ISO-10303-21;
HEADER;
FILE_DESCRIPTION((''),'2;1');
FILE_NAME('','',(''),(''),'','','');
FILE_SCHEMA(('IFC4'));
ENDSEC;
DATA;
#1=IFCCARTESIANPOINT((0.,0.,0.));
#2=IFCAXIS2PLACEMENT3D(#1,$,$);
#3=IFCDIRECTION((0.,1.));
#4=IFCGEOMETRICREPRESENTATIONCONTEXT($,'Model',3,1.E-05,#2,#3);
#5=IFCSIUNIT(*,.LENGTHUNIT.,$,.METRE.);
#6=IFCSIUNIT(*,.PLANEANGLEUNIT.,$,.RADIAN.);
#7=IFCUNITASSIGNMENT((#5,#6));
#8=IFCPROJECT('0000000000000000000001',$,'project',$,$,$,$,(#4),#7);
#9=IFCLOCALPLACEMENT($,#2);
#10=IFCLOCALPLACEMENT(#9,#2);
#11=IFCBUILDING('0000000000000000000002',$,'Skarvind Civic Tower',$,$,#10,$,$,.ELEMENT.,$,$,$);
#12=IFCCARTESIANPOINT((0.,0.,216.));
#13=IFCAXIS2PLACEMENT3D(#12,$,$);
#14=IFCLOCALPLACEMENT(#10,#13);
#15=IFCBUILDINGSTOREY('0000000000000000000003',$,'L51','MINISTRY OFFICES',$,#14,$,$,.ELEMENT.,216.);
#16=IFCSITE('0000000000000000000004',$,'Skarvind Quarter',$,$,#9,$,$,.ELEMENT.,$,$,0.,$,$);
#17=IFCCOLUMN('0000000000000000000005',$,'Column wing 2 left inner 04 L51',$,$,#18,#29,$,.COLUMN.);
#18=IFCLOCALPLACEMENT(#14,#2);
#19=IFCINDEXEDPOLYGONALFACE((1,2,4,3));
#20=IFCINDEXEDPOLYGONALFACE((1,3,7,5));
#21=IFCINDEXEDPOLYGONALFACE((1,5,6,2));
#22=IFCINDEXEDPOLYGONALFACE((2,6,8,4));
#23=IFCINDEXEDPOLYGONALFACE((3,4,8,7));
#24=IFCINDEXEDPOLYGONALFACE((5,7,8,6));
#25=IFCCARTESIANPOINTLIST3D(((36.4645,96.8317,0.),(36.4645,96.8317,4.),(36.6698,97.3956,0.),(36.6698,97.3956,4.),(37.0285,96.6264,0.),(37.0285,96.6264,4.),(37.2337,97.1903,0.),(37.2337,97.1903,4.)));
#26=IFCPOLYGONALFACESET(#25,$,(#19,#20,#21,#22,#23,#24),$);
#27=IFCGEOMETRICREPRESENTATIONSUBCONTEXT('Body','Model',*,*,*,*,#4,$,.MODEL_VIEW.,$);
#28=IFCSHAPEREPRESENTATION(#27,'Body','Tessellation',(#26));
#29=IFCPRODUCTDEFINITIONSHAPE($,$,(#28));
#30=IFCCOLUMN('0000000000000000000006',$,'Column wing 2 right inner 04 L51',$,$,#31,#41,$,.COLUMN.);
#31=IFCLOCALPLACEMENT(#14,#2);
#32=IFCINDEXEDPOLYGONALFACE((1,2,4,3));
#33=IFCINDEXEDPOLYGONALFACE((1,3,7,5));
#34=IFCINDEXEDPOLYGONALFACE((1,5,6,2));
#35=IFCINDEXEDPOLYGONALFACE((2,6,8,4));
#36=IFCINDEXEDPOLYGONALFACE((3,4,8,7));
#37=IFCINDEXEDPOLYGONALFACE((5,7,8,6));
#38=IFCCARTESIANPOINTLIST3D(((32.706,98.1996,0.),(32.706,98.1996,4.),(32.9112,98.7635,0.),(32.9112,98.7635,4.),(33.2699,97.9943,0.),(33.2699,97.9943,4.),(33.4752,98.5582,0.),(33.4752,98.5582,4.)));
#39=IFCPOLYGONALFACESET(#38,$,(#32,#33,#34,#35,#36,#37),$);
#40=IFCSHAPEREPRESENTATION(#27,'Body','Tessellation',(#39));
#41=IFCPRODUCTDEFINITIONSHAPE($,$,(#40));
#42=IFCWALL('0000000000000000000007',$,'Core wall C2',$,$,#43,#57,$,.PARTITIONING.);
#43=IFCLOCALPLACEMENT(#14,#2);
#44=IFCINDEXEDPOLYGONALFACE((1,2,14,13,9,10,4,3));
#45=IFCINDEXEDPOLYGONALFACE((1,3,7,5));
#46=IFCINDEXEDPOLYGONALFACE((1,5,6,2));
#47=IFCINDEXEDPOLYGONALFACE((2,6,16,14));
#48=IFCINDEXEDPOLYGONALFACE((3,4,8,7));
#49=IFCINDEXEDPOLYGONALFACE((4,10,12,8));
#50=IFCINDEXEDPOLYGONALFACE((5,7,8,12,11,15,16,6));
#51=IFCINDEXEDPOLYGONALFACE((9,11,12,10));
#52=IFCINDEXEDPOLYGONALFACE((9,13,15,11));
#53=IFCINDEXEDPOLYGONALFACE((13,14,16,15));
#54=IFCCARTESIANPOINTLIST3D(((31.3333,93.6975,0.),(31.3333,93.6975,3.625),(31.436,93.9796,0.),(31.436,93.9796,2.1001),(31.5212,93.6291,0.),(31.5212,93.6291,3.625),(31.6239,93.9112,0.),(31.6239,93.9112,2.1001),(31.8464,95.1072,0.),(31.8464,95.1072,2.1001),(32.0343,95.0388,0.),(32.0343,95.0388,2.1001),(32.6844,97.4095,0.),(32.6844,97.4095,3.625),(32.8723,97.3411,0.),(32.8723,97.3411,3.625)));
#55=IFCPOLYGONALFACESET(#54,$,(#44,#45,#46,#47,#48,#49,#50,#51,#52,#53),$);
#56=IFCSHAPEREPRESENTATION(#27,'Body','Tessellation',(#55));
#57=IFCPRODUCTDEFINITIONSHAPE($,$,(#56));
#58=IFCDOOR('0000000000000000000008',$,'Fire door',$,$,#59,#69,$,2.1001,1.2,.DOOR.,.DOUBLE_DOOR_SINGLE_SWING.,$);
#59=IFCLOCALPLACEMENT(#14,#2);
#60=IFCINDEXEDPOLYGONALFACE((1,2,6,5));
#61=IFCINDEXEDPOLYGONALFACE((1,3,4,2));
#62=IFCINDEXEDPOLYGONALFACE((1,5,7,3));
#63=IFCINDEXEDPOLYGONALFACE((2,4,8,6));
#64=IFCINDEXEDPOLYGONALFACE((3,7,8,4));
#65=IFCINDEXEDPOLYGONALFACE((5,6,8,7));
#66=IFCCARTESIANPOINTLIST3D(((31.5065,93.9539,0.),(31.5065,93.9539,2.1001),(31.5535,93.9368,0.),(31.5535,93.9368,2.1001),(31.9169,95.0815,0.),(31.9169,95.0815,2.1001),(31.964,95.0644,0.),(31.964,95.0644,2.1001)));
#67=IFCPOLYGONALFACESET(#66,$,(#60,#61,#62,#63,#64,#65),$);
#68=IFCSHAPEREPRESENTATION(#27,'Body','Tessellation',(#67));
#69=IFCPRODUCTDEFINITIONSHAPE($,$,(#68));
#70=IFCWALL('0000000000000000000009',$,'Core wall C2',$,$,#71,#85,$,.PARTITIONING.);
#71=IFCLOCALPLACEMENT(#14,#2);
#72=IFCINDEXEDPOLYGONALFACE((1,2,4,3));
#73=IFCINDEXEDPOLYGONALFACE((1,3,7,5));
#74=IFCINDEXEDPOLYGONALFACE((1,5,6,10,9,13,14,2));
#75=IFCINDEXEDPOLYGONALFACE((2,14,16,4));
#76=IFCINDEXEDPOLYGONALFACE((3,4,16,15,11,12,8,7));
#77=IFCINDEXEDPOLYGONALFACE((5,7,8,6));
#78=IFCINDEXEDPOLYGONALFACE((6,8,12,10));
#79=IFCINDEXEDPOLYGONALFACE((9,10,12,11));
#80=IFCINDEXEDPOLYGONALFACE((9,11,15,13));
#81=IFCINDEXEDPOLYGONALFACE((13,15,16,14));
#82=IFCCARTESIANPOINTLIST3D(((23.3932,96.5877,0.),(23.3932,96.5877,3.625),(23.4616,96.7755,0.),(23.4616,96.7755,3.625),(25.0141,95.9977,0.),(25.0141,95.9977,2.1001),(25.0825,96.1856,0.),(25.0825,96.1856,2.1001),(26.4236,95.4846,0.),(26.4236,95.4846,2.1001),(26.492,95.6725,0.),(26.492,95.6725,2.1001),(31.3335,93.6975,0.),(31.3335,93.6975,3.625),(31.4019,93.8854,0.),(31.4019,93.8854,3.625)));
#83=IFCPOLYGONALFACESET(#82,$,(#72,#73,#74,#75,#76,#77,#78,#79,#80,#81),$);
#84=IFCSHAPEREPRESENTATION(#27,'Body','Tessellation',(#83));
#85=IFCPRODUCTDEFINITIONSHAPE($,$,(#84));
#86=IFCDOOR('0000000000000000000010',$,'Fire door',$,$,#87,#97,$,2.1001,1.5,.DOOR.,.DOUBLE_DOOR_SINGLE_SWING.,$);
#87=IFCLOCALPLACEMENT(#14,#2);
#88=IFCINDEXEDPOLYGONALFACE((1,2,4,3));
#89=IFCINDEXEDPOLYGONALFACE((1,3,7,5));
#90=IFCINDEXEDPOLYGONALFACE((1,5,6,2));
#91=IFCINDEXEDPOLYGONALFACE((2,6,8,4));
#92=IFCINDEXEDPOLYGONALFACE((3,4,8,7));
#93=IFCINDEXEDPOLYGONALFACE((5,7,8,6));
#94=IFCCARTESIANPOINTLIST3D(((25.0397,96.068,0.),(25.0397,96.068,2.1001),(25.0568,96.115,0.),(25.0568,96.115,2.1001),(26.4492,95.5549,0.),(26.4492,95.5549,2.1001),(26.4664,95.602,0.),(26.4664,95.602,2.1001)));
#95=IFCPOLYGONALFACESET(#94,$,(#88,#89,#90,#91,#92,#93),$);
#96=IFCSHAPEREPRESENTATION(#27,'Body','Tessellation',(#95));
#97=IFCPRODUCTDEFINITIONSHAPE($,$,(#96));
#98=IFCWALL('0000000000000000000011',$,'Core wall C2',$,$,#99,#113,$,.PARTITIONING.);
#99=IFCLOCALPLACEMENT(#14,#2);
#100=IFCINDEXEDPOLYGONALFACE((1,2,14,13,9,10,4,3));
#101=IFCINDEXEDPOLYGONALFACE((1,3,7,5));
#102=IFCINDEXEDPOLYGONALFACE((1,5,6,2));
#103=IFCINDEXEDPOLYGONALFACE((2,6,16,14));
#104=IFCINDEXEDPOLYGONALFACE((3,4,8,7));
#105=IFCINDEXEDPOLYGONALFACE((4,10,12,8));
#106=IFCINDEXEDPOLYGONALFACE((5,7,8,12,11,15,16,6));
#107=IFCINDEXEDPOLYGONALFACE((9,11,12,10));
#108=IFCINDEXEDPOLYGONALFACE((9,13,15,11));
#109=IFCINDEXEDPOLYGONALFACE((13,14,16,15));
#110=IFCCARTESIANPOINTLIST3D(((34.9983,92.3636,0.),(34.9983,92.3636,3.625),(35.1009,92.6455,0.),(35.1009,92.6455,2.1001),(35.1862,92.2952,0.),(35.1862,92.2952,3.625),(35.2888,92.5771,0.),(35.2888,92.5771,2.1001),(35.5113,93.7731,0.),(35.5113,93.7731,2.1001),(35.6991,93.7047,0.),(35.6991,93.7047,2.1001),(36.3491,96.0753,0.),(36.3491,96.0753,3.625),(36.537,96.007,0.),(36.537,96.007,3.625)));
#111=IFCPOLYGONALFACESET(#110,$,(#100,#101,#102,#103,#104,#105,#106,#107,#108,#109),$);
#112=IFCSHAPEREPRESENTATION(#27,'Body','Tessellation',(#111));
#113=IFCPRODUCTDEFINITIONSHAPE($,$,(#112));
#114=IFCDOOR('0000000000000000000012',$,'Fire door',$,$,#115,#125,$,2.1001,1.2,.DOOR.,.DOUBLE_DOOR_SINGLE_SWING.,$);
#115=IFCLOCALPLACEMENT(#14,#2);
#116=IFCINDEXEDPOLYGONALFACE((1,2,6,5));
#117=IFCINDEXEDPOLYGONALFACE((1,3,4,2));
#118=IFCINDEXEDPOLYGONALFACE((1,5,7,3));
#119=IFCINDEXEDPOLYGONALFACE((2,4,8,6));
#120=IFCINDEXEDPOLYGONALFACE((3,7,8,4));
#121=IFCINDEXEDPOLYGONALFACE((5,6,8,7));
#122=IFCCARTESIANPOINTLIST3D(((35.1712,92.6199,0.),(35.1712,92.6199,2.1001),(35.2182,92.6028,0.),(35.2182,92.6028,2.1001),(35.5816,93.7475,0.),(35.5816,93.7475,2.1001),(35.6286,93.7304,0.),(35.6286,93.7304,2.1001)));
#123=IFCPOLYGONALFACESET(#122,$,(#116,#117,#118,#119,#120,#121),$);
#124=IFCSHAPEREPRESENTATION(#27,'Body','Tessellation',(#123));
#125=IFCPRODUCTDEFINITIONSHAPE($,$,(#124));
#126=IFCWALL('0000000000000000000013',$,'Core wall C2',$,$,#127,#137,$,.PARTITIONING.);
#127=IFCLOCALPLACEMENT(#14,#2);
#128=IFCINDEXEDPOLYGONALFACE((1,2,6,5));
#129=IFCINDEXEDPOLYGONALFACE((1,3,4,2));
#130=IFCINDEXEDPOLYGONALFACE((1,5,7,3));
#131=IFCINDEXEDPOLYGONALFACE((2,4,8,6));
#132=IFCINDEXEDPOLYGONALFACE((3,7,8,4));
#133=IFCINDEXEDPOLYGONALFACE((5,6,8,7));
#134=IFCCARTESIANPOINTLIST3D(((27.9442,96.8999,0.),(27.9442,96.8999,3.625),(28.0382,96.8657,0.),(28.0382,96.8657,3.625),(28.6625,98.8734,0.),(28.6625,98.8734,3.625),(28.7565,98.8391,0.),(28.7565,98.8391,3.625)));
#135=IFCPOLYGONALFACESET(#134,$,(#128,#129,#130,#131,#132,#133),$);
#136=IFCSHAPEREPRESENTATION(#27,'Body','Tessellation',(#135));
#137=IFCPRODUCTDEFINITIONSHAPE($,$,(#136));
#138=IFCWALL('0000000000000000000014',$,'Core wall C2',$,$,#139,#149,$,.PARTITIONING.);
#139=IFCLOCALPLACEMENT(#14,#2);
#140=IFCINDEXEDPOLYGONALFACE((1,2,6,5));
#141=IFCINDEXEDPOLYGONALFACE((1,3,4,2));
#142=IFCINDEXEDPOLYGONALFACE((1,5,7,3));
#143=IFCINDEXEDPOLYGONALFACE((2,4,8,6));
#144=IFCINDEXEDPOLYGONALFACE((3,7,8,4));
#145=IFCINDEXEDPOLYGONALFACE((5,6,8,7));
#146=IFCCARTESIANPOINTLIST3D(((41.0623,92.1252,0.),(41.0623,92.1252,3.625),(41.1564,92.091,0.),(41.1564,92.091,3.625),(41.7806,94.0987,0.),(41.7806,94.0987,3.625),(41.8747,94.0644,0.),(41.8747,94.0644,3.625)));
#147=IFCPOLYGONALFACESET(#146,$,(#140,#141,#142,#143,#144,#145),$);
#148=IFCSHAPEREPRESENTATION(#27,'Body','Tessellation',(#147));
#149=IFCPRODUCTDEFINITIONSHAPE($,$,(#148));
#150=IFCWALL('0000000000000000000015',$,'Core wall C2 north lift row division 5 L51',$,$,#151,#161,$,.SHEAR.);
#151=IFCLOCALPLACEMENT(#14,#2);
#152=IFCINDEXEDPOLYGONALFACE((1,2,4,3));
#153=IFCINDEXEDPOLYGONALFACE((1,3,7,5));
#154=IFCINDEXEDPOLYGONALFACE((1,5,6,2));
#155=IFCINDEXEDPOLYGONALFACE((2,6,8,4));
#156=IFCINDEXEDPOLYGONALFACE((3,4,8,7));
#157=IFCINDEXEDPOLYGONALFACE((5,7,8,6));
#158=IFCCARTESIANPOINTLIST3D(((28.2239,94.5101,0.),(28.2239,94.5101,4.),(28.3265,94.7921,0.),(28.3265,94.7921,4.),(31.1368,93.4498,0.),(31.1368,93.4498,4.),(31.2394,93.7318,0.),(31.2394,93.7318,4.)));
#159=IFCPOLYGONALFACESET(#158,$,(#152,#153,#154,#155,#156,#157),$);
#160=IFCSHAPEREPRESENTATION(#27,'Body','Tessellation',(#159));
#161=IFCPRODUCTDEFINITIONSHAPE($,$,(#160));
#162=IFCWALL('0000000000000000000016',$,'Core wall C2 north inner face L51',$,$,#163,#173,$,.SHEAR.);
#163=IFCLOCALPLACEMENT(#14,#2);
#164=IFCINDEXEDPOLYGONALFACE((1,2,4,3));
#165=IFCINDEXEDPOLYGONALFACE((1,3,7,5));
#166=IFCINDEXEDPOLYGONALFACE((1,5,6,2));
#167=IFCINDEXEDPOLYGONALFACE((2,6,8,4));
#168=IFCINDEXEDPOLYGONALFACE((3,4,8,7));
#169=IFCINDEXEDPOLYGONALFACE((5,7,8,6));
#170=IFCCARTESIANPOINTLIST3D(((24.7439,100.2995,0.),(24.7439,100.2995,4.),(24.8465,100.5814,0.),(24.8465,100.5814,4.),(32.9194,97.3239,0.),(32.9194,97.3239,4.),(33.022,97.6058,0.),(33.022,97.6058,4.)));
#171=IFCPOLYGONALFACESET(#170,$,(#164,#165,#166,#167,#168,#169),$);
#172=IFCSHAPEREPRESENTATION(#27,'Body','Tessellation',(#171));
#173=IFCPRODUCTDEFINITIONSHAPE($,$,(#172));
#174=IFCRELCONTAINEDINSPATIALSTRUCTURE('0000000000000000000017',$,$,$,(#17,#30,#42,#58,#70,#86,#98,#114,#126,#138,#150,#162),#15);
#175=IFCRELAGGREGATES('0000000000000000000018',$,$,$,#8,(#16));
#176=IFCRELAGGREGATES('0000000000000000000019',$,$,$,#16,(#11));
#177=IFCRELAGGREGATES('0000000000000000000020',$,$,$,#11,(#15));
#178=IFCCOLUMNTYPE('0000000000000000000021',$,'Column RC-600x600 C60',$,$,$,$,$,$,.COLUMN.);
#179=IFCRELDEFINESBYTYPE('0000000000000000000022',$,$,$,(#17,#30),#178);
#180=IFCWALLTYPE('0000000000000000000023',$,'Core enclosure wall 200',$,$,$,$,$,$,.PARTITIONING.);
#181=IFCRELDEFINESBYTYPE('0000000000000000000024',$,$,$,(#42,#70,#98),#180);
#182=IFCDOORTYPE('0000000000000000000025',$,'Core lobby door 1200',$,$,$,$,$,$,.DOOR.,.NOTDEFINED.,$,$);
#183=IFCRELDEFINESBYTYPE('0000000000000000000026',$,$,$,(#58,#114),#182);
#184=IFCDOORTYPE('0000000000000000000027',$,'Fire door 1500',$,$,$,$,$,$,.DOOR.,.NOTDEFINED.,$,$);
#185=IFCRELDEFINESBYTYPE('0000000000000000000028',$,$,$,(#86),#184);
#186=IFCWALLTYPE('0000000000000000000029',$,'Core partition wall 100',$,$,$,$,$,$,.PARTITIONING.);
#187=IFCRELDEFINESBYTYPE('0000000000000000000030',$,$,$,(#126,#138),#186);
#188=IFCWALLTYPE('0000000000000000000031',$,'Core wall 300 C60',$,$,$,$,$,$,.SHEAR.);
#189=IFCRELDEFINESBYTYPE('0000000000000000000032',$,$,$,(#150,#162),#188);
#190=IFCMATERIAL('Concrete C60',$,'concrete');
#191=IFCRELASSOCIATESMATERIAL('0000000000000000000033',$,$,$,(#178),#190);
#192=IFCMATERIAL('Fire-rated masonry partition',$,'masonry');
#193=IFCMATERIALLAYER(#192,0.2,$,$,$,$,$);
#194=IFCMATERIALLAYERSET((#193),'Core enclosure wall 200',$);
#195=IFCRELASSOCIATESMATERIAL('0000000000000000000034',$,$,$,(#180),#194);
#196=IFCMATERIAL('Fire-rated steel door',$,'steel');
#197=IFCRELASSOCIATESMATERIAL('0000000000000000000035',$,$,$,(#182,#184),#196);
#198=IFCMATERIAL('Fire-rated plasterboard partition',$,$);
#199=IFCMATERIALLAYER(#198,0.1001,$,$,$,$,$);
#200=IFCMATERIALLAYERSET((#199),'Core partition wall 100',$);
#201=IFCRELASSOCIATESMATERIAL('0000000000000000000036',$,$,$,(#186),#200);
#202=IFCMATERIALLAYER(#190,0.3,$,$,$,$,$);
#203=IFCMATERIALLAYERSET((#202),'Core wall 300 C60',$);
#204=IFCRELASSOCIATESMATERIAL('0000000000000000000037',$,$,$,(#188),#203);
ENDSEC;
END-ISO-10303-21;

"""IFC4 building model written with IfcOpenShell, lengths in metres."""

from ifc_helpers import new_model, si_unit, direction, frame, frame_2d, origin, origin_2d, place, context, subcontext, project, spatial, rectangle, extrude, material, layer, layer_set, material_profile, profile_set, type_object, element, fill, save


model = new_model("IFC4")

# Units and contexts
model_context = context("Model", 3, precision=1e-05, world=origin(), true_north=direction((0.0, 1.0)))
body_context = subcontext(model_context, "Body", "Model", "MODEL_VIEW")
ifc_project = project(units=[si_unit("LENGTHUNIT", "METRE"), si_unit("PLANEANGLEUNIT", "RADIAN")], contexts=[model_context])

# Site, building, storey
site_placement = place(None, origin())
site = spatial("IfcSite", under=ifc_project, at=site_placement, Name="Skarvind Quarter", CompositionType="ELEMENT", RefElevation=0.0)
building_placement = place(site_placement, origin())
building = spatial("IfcBuilding", under=site, at=building_placement, Name="Skarvind Civic Tower", CompositionType="ELEMENT")
storey_placement = place(building_placement, frame((0.0, 0.0, 216.0)))
storey = spatial("IfcBuildingStorey", under=building, at=storey_placement, Name="L51", Description="MINISTRY OFFICES", CompositionType="ELEMENT", Elevation=216.0)

# Columns
ifc_material_1 = material(Name="Concrete C60", Category="concrete")
ifc_material_profile = material_profile(ifc_material_1, rectangle(XDim=0.6001, YDim=0.6001, at=origin_2d()), Name="RC-600x600")
ifc_profile_set = profile_set([ifc_material_profile], Name="Concrete C60")
column_type = type_object("IfcColumnType", Name="Column RC-600x600 C60", PredefinedType="COLUMN", material=ifc_profile_set)
for number, where, z_axis, x_axis, name in (
    (1, (36.8491, 97.011, 0.0), (0.0, 0.0, 1.0), (-0.34202, -0.939693, 0.0), "Column wing 2 left inner 04 L51"),
    (2, (33.0906, 98.3789, 0.0), (0.0, 0.0, 1.0), (-0.34202, -0.939693, 0.0), "Column wing 2 right inner 04 L51"),
):
    element("IfcColumn", number, at=place(storey_placement, frame(where, z_axis=z_axis, x_axis=x_axis)), inside=storey, type_object=column_type, Name=name, PredefinedType="COLUMN", context=body_context, shape_type="SweptSolid", body=[
        extrude(rectangle(XDim=0.6001, YDim=0.6001, at=origin_2d()), origin(), (0.0, 0.0, 1.0), 4.0),
    ])

# Walls, openings, doors
ifc_material_2 = material(Name="Fire-rated masonry partition", Category="masonry")
ifc_layer_1 = layer(ifc_material_2, 0.2)
ifc_layer_set_1 = layer_set([ifc_layer_1], Name="Core enclosure wall 200")
wall_type_1 = type_object("IfcWallType", Name="Core enclosure wall 200", PredefinedType="PARTITIONING", material=ifc_layer_set_1)
wall_1_placement = place(storey_placement, frame((31.4272, 93.6633, 0.0), z_axis=(0.0, 0.0, 1.0), x_axis=(0.342031, 0.939689, 0.0)))
wall_1 = element("IfcWall", 3, at=wall_1_placement, inside=storey, type_object=wall_type_1, Name="Core wall C2", PredefinedType="PARTITIONING", context=body_context, shape_type="SweptSolid", body=[
    extrude(rectangle(XDim=3.9502, YDim=0.2, at=frame_2d((1.9751, 0.0))), origin(), (0.0, 0.0, 1.0), 3.625),
])
opening_1_placement = place(wall_1_placement, frame((0.3, 0.0, 0.0)))
opening_1 = element("IfcOpeningElement", 4, at=opening_1_placement, cuts=wall_1, PredefinedType="OPENING", context=body_context, shape_type="SweptSolid", body=[
    extrude(rectangle(XDim=1.2, YDim=2.1001, at=frame_2d((0.6001, 1.05))), frame((0.0, 0.1099, 0.0), z_axis=(0.0, -1.0, 0.0), x_axis=(1.0, 0.0, 0.0)), (0.0, 0.0, 1.0), 0.22),
])
ifc_material_3 = material(Name="Fire-rated steel door", Category="steel")
door_type_1 = type_object("IfcDoorType", Name="Core lobby door 1200", OperationType="NOTDEFINED", PredefinedType="DOOR", material=ifc_material_3)
door_1_placement = place(opening_1_placement, origin())
door_1 = element("IfcDoor", 5, at=door_1_placement, inside=storey, type_object=door_type_1, Name="Fire door", OperationType="DOUBLE_DOOR_SINGLE_SWING", OverallHeight=2.1001, OverallWidth=1.2, PredefinedType="DOOR", context=body_context, shape_type="SweptSolid", body=[
    extrude(rectangle(XDim=1.2, YDim=2.1001, at=frame_2d((0.6001, 1.05))), frame((0.0, 0.0249, 0.0), z_axis=(0.0, -1.0, 0.0), x_axis=(1.0, 0.0, 0.0)), (0.0, 0.0, 1.0), 0.05),
])
fill(opening_1, door_1)
wall_2_placement = place(storey_placement, frame((23.4272, 96.6816, 0.0), z_axis=(0.0, 0.0, 1.0), x_axis=(0.93969, -0.342026, 0.0)))
wall_2 = element("IfcWall", 6, at=wall_2_placement, inside=storey, type_object=wall_type_1, Name="Core wall C2", PredefinedType="PARTITIONING", context=body_context, shape_type="SweptSolid", body=[
    extrude(rectangle(XDim=8.45, YDim=0.2, at=frame_2d((4.2251, 0.0))), origin(), (0.0, 0.0, 1.0), 3.625),
])
opening_2_placement = place(wall_2_placement, frame((1.7251, 0.0, 0.0)))
opening_2 = element("IfcOpeningElement", 7, at=opening_2_placement, cuts=wall_2, PredefinedType="OPENING", context=body_context, shape_type="SweptSolid", body=[
    extrude(rectangle(XDim=1.5, YDim=2.1001, at=frame_2d((0.75, 1.05))), frame((0.0, 0.1099, 0.0), z_axis=(0.0, -1.0, 0.0), x_axis=(1.0, 0.0, 0.0)), (0.0, 0.0, 1.0), 0.22),
])
door_type_2 = type_object("IfcDoorType", Name="Fire door 1500", OperationType="NOTDEFINED", PredefinedType="DOOR", material=ifc_material_3)
door_2_placement = place(opening_2_placement, origin())
door_2 = element("IfcDoor", 8, at=door_2_placement, inside=storey, type_object=door_type_2, Name="Fire door", OperationType="DOUBLE_DOOR_SINGLE_SWING", OverallHeight=2.1001, OverallWidth=1.5, PredefinedType="DOOR", context=body_context, shape_type="SweptSolid", body=[
    extrude(rectangle(XDim=1.5, YDim=2.1001, at=frame_2d((0.75, 1.05))), frame((0.0, 0.0249, 0.0), z_axis=(0.0, -1.0, 0.0), x_axis=(1.0, 0.0, 0.0)), (0.0, 0.0, 1.0), 0.05),
])
fill(opening_2, door_2)
wall_3_placement = place(storey_placement, frame((36.4431, 96.0413, 0.0), z_axis=(0.0, 0.0, 1.0), x_axis=(-0.341996, -0.939701, 0.0)))
wall_3 = element("IfcWall", 9, at=wall_3_placement, inside=storey, type_object=wall_type_1, Name="Core wall C2", PredefinedType="PARTITIONING", context=body_context, shape_type="SweptSolid", body=[
    extrude(rectangle(XDim=3.95, YDim=0.2, at=frame_2d((1.9751, 0.0))), origin(), (0.0, 0.0, 1.0), 3.625),
])
opening_3_placement = place(wall_3_placement, frame((2.45, 0.0, 0.0)))
opening_3 = element("IfcOpeningElement", 10, at=opening_3_placement, cuts=wall_3, PredefinedType="OPENING", context=body_context, shape_type="SweptSolid", body=[
    extrude(rectangle(XDim=1.2, YDim=2.1001, at=frame_2d((0.6001, 1.05))), frame((0.0, 0.1099, 0.0), z_axis=(0.0, -1.0, 0.0), x_axis=(1.0, 0.0, 0.0)), (0.0, 0.0, 1.0), 0.22),
])
door_3_placement = place(opening_3_placement, origin())
door_3 = element("IfcDoor", 11, at=door_3_placement, inside=storey, type_object=door_type_1, Name="Fire door", OperationType="DOUBLE_DOOR_SINGLE_SWING", OverallHeight=2.1001, OverallWidth=1.2, PredefinedType="DOOR", context=body_context, shape_type="SweptSolid", body=[
    extrude(rectangle(XDim=1.2, YDim=2.1001, at=frame_2d((0.6001, 1.05))), frame((0.0, 0.0249, 0.0), z_axis=(0.0, -1.0, 0.0), x_axis=(1.0, 0.0, 0.0)), (0.0, 0.0, 1.0), 0.05),
])
fill(opening_3, door_3)

# Walls
ifc_material_4 = material(Name="Fire-rated plasterboard partition")
ifc_layer_2 = layer(ifc_material_4, 0.1001)
ifc_layer_set_2 = layer_set([ifc_layer_2], Name="Core partition wall 100")
wall_type_2 = type_object("IfcWallType", Name="Core partition wall 100", PredefinedType="PARTITIONING", material=ifc_layer_set_2)
for number, where, z_axis, x_axis, name in (
    (12, (27.9912, 96.8828, 0.0), (0.0, 0.0, 1.0), (0.342023, 0.939692, 0.0), "Core wall C2"),
    (13, (41.8276, 94.0815, 0.0), (0.0, 0.0, 1.0), (-0.342023, -0.939692, 0.0), "Core wall C2"),
):
    element("IfcWall", number, at=place(storey_placement, frame(where, z_axis=z_axis, x_axis=x_axis)), inside=storey, type_object=wall_type_2, Name=name, PredefinedType="PARTITIONING", context=body_context, shape_type="SweptSolid", body=[
        extrude(rectangle(XDim=2.1001, YDim=0.1001, at=frame_2d((1.05, 0.0))), origin(), (0.0, 0.0, 1.0), 3.625),
    ])
ifc_layer_3 = layer(ifc_material_1, 0.3)
ifc_layer_set_3 = layer_set([ifc_layer_3], Name="Core wall 300 C60")
wall_type_3 = type_object("IfcWallType", Name="Core wall 300 C60", PredefinedType="SHEAR", material=ifc_layer_set_3)
wall_4_placement = place(storey_placement, frame((31.188, 93.5908, 0.0), z_axis=(0.0, 0.0, 1.0), x_axis=(-0.939681, 0.342053, 0.0)))
element("IfcWall", 14, at=wall_4_placement, inside=storey, type_object=wall_type_3, Name="Core wall C2 north lift row division 5 L51", PredefinedType="SHEAR", context=body_context, shape_type="SweptSolid", body=[
    extrude(rectangle(XDim=3.0999, YDim=0.3, at=frame_2d((1.5498, 0.0))), origin(), (0.0, 0.0, 1.0), 4.0),
])
wall_5_placement = place(storey_placement, frame((32.9707, 97.4648, 0.0), z_axis=(0.0, 0.0, 1.0), x_axis=(-0.939695, 0.342013, 0.0)))
element("IfcWall", 15, at=wall_5_placement, inside=storey, type_object=wall_type_3, Name="Core wall C2 north inner face L51", PredefinedType="SHEAR", context=body_context, shape_type="SweptSolid", body=[
    extrude(rectangle(XDim=8.7002, YDim=0.3, at=frame_2d((4.3501, 0.0))), origin(), (0.0, 0.0, 1.0), 4.0),
])

save(model, "model.ifc")
